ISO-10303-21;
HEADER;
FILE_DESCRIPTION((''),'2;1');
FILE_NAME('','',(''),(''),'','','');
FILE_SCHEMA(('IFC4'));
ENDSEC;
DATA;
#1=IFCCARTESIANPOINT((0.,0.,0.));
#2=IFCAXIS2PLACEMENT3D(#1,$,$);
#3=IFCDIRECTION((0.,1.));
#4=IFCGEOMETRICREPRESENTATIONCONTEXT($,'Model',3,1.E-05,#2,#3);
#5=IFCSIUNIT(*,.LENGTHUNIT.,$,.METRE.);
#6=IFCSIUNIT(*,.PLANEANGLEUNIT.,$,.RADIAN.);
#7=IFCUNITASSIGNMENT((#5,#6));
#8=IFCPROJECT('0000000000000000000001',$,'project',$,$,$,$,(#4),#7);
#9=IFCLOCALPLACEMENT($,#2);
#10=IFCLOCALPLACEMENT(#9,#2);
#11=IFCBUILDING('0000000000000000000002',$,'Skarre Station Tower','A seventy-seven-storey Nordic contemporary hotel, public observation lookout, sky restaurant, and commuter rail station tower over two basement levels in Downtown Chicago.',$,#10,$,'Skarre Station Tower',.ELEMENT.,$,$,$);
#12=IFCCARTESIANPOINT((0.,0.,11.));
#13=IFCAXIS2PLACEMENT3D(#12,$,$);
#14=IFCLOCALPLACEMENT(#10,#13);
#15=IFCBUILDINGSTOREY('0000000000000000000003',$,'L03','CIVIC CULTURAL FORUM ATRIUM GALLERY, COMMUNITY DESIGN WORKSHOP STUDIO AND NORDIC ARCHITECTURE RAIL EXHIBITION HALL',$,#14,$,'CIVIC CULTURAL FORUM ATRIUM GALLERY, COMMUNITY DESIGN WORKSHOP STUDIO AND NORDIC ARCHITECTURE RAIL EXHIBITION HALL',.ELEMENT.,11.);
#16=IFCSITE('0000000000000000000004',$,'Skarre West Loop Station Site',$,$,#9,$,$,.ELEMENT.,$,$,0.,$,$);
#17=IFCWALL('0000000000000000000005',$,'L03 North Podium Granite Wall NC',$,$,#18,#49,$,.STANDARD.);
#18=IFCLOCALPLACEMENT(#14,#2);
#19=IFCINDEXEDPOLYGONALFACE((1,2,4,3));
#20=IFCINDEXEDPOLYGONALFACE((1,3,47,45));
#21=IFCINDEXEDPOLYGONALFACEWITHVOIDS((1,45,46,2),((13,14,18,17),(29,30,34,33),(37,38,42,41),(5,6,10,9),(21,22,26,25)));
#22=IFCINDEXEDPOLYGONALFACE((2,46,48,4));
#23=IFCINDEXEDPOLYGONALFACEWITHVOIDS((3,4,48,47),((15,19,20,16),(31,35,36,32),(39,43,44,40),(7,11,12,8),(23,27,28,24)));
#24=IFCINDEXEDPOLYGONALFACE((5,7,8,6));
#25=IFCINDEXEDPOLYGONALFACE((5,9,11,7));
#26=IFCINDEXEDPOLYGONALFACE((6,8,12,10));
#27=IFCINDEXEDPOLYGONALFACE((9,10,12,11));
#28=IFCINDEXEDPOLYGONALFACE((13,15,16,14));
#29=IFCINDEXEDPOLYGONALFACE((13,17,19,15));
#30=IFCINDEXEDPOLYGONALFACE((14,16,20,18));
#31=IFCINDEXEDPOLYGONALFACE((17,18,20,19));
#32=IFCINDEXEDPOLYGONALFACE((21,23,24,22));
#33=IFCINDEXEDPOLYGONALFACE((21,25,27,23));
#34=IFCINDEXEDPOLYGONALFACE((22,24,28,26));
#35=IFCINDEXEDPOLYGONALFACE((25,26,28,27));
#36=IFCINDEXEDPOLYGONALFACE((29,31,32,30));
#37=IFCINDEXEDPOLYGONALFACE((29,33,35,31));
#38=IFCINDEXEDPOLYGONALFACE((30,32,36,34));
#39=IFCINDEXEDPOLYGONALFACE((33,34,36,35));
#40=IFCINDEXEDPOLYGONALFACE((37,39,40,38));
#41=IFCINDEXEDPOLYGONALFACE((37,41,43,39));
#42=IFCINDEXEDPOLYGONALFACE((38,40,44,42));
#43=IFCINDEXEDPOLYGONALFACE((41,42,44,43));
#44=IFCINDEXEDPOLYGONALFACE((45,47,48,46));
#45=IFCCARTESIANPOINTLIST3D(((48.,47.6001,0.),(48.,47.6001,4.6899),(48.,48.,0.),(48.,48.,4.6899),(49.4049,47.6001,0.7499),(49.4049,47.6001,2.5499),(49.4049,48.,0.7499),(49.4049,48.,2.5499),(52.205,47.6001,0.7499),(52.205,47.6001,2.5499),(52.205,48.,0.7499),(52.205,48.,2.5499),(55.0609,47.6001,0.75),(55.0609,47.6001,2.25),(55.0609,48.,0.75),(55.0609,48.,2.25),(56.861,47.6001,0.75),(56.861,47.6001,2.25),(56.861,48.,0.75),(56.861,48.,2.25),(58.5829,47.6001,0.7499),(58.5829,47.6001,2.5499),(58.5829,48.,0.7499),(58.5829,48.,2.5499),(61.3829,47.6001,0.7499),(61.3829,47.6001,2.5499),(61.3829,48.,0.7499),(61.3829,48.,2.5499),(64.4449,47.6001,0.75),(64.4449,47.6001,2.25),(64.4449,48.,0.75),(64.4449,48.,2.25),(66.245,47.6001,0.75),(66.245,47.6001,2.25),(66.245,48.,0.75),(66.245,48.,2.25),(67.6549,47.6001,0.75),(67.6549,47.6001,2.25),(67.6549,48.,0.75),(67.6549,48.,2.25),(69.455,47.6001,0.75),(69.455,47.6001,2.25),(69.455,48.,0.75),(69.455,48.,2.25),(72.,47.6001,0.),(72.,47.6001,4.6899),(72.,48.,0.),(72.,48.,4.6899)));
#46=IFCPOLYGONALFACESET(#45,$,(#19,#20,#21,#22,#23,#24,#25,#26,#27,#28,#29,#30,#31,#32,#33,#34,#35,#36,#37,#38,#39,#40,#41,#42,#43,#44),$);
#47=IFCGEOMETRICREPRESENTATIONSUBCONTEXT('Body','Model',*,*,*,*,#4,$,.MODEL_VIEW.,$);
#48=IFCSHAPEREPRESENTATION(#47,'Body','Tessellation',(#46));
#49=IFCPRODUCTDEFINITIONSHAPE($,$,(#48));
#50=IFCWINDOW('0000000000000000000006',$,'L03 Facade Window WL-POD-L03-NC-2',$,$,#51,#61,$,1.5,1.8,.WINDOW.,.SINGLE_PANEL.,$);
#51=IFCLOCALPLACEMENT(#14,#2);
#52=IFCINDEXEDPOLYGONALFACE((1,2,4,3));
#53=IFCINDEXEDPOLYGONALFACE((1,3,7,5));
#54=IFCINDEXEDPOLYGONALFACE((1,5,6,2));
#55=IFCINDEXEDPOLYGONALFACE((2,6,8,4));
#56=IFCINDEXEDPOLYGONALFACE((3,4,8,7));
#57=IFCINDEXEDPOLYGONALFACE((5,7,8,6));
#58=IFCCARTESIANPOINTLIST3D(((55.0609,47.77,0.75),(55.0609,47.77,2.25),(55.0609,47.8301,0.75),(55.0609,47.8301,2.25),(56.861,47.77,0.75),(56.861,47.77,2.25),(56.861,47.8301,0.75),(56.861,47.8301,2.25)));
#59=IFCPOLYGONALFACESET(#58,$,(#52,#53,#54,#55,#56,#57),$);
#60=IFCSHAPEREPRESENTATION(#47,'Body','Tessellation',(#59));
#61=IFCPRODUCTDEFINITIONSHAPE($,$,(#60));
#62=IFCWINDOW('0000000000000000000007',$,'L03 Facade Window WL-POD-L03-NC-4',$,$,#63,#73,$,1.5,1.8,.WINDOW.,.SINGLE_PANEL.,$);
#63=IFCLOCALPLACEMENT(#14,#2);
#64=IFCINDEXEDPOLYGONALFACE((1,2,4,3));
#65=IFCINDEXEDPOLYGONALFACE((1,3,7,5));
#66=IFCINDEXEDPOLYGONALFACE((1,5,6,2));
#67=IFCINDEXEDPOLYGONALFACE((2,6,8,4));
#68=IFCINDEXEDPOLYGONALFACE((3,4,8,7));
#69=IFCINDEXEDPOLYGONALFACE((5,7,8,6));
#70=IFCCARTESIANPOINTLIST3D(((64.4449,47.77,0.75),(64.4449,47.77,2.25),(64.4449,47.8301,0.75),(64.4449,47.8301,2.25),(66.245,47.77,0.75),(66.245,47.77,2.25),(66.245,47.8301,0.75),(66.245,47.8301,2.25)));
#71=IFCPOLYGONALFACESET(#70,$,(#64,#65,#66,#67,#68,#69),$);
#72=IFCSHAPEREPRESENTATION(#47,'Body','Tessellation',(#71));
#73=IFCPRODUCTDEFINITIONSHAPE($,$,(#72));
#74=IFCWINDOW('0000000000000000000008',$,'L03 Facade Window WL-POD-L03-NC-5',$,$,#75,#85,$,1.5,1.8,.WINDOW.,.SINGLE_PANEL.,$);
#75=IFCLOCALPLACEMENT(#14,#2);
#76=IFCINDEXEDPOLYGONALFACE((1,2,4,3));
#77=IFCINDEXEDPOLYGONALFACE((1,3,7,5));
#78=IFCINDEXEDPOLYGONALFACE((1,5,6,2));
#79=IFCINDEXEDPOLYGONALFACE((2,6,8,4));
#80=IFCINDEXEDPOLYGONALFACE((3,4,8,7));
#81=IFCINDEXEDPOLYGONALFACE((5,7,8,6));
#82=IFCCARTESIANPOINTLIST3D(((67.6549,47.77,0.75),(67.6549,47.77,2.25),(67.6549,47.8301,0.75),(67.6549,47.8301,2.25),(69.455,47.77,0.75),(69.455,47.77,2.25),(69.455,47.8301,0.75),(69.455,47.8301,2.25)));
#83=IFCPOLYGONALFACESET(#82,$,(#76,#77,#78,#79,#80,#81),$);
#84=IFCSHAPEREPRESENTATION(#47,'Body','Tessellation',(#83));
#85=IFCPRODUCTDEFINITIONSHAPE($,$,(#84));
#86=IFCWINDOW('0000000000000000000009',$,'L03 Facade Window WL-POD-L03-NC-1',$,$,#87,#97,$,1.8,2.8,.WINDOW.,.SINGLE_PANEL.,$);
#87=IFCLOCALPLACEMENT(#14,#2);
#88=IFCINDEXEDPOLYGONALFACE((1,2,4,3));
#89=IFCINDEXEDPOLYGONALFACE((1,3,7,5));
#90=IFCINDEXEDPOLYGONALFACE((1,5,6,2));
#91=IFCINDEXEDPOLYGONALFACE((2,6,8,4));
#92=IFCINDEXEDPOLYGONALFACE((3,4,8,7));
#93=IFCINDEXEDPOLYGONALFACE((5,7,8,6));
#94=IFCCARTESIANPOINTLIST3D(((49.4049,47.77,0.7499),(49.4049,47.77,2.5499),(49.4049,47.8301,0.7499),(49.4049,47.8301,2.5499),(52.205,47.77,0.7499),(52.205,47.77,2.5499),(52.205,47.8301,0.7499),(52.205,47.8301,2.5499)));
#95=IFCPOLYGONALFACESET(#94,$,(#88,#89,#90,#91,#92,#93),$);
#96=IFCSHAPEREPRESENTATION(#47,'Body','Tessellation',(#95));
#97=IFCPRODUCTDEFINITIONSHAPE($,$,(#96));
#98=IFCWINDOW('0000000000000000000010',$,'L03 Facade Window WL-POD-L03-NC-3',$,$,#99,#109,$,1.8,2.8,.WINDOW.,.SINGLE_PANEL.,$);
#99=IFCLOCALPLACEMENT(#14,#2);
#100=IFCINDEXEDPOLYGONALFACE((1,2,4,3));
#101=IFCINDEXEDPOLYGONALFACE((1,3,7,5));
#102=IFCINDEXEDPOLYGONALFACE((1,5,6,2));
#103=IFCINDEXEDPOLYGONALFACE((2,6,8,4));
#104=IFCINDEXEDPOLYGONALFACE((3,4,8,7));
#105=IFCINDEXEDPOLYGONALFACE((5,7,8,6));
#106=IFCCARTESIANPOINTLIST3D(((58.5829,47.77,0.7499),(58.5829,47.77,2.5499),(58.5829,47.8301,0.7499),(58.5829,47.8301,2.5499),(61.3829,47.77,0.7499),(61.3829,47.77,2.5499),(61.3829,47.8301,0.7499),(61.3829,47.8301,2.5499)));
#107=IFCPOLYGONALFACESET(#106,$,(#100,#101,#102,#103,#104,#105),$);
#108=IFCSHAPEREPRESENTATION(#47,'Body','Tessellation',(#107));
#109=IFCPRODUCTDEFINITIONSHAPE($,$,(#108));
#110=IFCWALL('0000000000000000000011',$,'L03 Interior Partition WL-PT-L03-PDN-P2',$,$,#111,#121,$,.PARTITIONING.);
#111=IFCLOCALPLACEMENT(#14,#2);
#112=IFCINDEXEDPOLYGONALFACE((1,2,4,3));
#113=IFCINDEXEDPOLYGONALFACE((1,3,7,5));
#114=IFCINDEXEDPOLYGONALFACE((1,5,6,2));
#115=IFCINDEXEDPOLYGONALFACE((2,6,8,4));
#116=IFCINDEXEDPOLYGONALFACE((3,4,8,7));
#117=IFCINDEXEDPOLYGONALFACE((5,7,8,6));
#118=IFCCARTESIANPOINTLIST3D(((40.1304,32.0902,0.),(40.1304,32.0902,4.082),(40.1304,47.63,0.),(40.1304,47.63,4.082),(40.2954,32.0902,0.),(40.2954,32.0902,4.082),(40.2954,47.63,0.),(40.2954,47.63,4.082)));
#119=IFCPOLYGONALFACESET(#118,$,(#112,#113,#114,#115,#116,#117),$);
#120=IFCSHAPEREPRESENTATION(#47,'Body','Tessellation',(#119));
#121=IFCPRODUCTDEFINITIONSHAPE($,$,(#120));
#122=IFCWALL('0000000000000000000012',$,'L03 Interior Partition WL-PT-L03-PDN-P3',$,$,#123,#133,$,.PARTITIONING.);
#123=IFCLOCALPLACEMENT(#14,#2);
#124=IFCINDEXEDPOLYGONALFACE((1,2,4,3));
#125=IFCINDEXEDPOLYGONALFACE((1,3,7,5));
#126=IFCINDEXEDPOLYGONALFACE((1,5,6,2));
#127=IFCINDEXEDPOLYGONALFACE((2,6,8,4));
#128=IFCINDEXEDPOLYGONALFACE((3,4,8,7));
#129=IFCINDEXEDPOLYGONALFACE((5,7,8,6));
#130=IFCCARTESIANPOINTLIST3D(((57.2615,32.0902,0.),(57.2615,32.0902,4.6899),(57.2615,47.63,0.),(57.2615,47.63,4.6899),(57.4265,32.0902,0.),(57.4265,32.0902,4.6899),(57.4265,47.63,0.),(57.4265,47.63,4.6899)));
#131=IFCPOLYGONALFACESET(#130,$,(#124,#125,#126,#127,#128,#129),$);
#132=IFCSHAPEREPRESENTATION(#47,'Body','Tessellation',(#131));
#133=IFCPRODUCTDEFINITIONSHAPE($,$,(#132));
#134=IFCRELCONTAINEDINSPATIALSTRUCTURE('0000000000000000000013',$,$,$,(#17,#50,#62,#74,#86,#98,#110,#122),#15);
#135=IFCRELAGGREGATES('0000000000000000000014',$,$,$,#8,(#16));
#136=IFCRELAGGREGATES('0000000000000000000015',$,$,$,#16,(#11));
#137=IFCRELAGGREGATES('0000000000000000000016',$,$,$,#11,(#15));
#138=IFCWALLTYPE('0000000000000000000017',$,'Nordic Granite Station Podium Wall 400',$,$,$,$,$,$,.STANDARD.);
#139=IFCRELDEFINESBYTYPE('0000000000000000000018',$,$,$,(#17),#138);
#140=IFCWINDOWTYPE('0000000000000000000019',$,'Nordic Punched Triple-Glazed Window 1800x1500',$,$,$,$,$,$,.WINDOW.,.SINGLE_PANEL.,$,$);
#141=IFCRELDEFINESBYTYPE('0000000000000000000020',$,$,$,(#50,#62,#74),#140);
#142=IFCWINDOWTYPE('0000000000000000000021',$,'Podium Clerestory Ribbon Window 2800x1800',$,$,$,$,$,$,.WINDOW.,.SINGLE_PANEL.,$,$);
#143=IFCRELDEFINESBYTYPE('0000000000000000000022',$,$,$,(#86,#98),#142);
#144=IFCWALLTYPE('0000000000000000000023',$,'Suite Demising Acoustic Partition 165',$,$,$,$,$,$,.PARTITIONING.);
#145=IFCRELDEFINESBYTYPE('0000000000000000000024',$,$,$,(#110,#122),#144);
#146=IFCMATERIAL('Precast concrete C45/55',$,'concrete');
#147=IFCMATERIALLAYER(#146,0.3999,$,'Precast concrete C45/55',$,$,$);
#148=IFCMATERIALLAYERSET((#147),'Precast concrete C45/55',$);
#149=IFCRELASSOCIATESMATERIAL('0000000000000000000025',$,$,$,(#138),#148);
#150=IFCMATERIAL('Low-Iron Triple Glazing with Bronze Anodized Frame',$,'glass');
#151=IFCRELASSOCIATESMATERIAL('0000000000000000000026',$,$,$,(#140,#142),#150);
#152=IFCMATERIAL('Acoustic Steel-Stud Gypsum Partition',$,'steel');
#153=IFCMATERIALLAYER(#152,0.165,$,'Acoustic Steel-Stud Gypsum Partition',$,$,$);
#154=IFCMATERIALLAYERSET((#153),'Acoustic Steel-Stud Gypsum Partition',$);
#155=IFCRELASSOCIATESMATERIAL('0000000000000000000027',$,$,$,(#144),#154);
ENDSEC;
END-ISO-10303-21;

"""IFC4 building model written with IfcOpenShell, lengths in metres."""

from ifc_helpers import new_model, si_unit, direction, frame, frame_2d, origin, place, context, subcontext, project, spatial, rectangle, extrude, material, layer, layer_set, type_object, element, fill, save


model = new_model("IFC4")

# Units and contexts
model_context = context("Model", 3, precision=1e-05, world=origin(), true_north=direction((0.0, 1.0)))
body_context = subcontext(model_context, "Body", "Model", "MODEL_VIEW")
ifc_project = project(units=[si_unit("LENGTHUNIT", "METRE"), si_unit("PLANEANGLEUNIT", "RADIAN")], contexts=[model_context])

# Site, building, storey
site_placement = place(None, origin())
site = spatial("IfcSite", under=ifc_project, at=site_placement, Name="Skarre West Loop Station Site", CompositionType="ELEMENT", RefElevation=0.0)
building_placement = place(site_placement, origin())
building = spatial("IfcBuilding", under=site, at=building_placement, Name="Skarre Station Tower", Description="A seventy-seven-storey Nordic contemporary hotel, public observation lookout, sky restaurant, and commuter rail station tower over two basement levels in Downtown Chicago.", LongName="Skarre Station Tower", CompositionType="ELEMENT")
storey_placement = place(building_placement, frame((0.0, 0.0, 11.0)))
storey = spatial("IfcBuildingStorey", under=building, at=storey_placement, Name="L03", Description="CIVIC CULTURAL FORUM ATRIUM GALLERY, COMMUNITY DESIGN WORKSHOP STUDIO AND NORDIC ARCHITECTURE RAIL EXHIBITION HALL", LongName="CIVIC CULTURAL FORUM ATRIUM GALLERY, COMMUNITY DESIGN WORKSHOP STUDIO AND NORDIC ARCHITECTURE RAIL EXHIBITION HALL", CompositionType="ELEMENT", Elevation=11.0)

# Shared definitions
ifc_material_1 = material(Name="Acoustic Steel-Stud Gypsum Partition", Category="steel")

# Wall, openings, windows
ifc_material_2 = material(Name="Precast concrete C45/55", Category="concrete")
ifc_layer_1 = layer(ifc_material_2, 0.3999, Name="Precast concrete C45/55")
ifc_layer_set_1 = layer_set([ifc_layer_1], Name="Precast concrete C45/55")
wall_type_1 = type_object("IfcWallType", Name="Nordic Granite Station Podium Wall 400", PredefinedType="STANDARD", material=ifc_layer_set_1)
wall_1_placement = place(storey_placement, frame((48.0, 47.8, 0.0), z_axis=(0.0, 0.0, 1.0), x_axis=(1.0, 0.0, 0.0)))
wall_1 = element("IfcWall", 1, at=wall_1_placement, inside=storey, type_object=wall_type_1, Name="L03 North Podium Granite Wall NC", PredefinedType="STANDARD", context=body_context, shape_type="SweptSolid", body=[
    extrude(rectangle(XDim=24.0, YDim=0.3999, at=frame_2d((12.0, 0.0))), origin(), (0.0, 0.0, 1.0), 4.6899),
])
opening_1_placement = place(wall_1_placement, frame((1.405, 0.0, 0.75)))
opening_1 = element("IfcOpeningElement", 2, at=opening_1_placement, cuts=wall_1, PredefinedType="OPENING", context=body_context, shape_type="SweptSolid", body=[
    extrude(rectangle(XDim=2.8, YDim=1.8, at=frame_2d((1.3999, 0.8999))), frame((0.0, 0.21, 0.0), z_axis=(0.0, -1.0, 0.0), x_axis=(1.0, 0.0, 0.0)), (0.0, 0.0, 1.0), 0.4199),
])
opening_2_placement = place(wall_1_placement, frame((7.061, 0.0, 0.75)))
opening_2 = element("IfcOpeningElement", 3, at=opening_2_placement, cuts=wall_1, PredefinedType="OPENING", context=body_context, shape_type="SweptSolid", body=[
    extrude(rectangle(XDim=1.8, YDim=1.5, at=frame_2d((0.8999, 0.75))), frame((0.0, 0.21, 0.0), z_axis=(0.0, -1.0, 0.0), x_axis=(1.0, 0.0, 0.0)), (0.0, 0.0, 1.0), 0.4199),
])
opening_3_placement = place(wall_1_placement, frame((10.583, 0.0, 0.75)))
opening_3 = element("IfcOpeningElement", 4, at=opening_3_placement, cuts=wall_1, PredefinedType="OPENING", context=body_context, shape_type="SweptSolid", body=[
    extrude(rectangle(XDim=2.8, YDim=1.8, at=frame_2d((1.3999, 0.8999))), frame((0.0, 0.21, 0.0), z_axis=(0.0, -1.0, 0.0), x_axis=(1.0, 0.0, 0.0)), (0.0, 0.0, 1.0), 0.4199),
])
opening_4_placement = place(wall_1_placement, frame((16.4451, 0.0, 0.75)))
opening_4 = element("IfcOpeningElement", 5, at=opening_4_placement, cuts=wall_1, PredefinedType="OPENING", context=body_context, shape_type="SweptSolid", body=[
    extrude(rectangle(XDim=1.8, YDim=1.5, at=frame_2d((0.8999, 0.75))), frame((0.0, 0.21, 0.0), z_axis=(0.0, -1.0, 0.0), x_axis=(1.0, 0.0, 0.0)), (0.0, 0.0, 1.0), 0.4199),
])
opening_5_placement = place(wall_1_placement, frame((19.655, 0.0, 0.75)))
opening_5 = element("IfcOpeningElement", 6, at=opening_5_placement, cuts=wall_1, PredefinedType="OPENING", context=body_context, shape_type="SweptSolid", body=[
    extrude(rectangle(XDim=1.8, YDim=1.5, at=frame_2d((0.8999, 0.75))), frame((0.0, 0.21, 0.0), z_axis=(0.0, -1.0, 0.0), x_axis=(1.0, 0.0, 0.0)), (0.0, 0.0, 1.0), 0.4199),
])
ifc_material_3 = material(Name="Low-Iron Triple Glazing with Bronze Anodized Frame", Category="glass")
window_type_1 = type_object("IfcWindowType", Name="Nordic Punched Triple-Glazed Window 1800x1500", PartitioningType="SINGLE_PANEL", PredefinedType="WINDOW", material=ifc_material_3)
window_1_placement = place(opening_2_placement, origin())
window_1 = element("IfcWindow", 7, at=window_1_placement, inside=storey, type_object=window_type_1, Name="L03 Facade Window WL-POD-L03-NC-2", OverallHeight=1.5, OverallWidth=1.8, PartitioningType="SINGLE_PANEL", PredefinedType="WINDOW", context=body_context, shape_type="SweptSolid", body=[
    extrude(rectangle(XDim=1.8, YDim=1.5, at=frame_2d((0.8999, 0.75))), frame((0.0, 0.03, 0.0), z_axis=(0.0, -1.0, 0.0), x_axis=(1.0, 0.0, 0.0)), (0.0, 0.0, 1.0), 0.0601),
])
fill(opening_2, window_1)
window_2_placement = place(opening_4_placement, origin())
window_2 = element("IfcWindow", 8, at=window_2_placement, inside=storey, type_object=window_type_1, Name="L03 Facade Window WL-POD-L03-NC-4", OverallHeight=1.5, OverallWidth=1.8, PartitioningType="SINGLE_PANEL", PredefinedType="WINDOW", context=body_context, shape_type="SweptSolid", body=[
    extrude(rectangle(XDim=1.8, YDim=1.5, at=frame_2d((0.8999, 0.75))), frame((0.0, 0.03, 0.0), z_axis=(0.0, -1.0, 0.0), x_axis=(1.0, 0.0, 0.0)), (0.0, 0.0, 1.0), 0.0601),
])
fill(opening_4, window_2)
window_3_placement = place(opening_5_placement, origin())
window_3 = element("IfcWindow", 9, at=window_3_placement, inside=storey, type_object=window_type_1, Name="L03 Facade Window WL-POD-L03-NC-5", OverallHeight=1.5, OverallWidth=1.8, PartitioningType="SINGLE_PANEL", PredefinedType="WINDOW", context=body_context, shape_type="SweptSolid", body=[
    extrude(rectangle(XDim=1.8, YDim=1.5, at=frame_2d((0.8999, 0.75))), frame((0.0, 0.03, 0.0), z_axis=(0.0, -1.0, 0.0), x_axis=(1.0, 0.0, 0.0)), (0.0, 0.0, 1.0), 0.0601),
])
fill(opening_5, window_3)
window_type_2 = type_object("IfcWindowType", Name="Podium Clerestory Ribbon Window 2800x1800", PartitioningType="SINGLE_PANEL", PredefinedType="WINDOW", material=ifc_material_3)
window_4_placement = place(opening_1_placement, origin())
window_4 = element("IfcWindow", 10, at=window_4_placement, inside=storey, type_object=window_type_2, Name="L03 Facade Window WL-POD-L03-NC-1", OverallHeight=1.8, OverallWidth=2.8, PartitioningType="SINGLE_PANEL", PredefinedType="WINDOW", context=body_context, shape_type="SweptSolid", body=[
    extrude(rectangle(XDim=2.8, YDim=1.8, at=frame_2d((1.3999, 0.8999))), frame((0.0, 0.03, 0.0), z_axis=(0.0, -1.0, 0.0), x_axis=(1.0, 0.0, 0.0)), (0.0, 0.0, 1.0), 0.0601),
])
fill(opening_1, window_4)
window_5_placement = place(opening_3_placement, origin())
window_5 = element("IfcWindow", 11, at=window_5_placement, inside=storey, type_object=window_type_2, Name="L03 Facade Window WL-POD-L03-NC-3", OverallHeight=1.8, OverallWidth=2.8, PartitioningType="SINGLE_PANEL", PredefinedType="WINDOW", context=body_context, shape_type="SweptSolid", body=[
    extrude(rectangle(XDim=2.8, YDim=1.8, at=frame_2d((1.3999, 0.8999))), frame((0.0, 0.03, 0.0), z_axis=(0.0, -1.0, 0.0), x_axis=(1.0, 0.0, 0.0)), (0.0, 0.0, 1.0), 0.0601),
])
fill(opening_3, window_5)

# Walls
ifc_layer_2 = layer(ifc_material_1, 0.165, Name="Acoustic Steel-Stud Gypsum Partition")
ifc_layer_set_2 = layer_set([ifc_layer_2], Name="Acoustic Steel-Stud Gypsum Partition")
wall_type_2 = type_object("IfcWallType", Name="Suite Demising Acoustic Partition 165", PredefinedType="PARTITIONING", material=ifc_layer_set_2)
wall_2_placement = place(storey_placement, frame((40.2129, 32.0901, 0.0), z_axis=(0.0, 0.0, 1.0), x_axis=(0.0, 1.0, 0.0)))
element("IfcWall", 12, at=wall_2_placement, inside=storey, type_object=wall_type_2, Name="L03 Interior Partition WL-PT-L03-PDN-P2", PredefinedType="PARTITIONING", context=body_context, shape_type="SweptSolid", body=[
    extrude(rectangle(XDim=15.5398, YDim=0.165, at=frame_2d((7.77, 0.0))), origin(), (0.0, 0.0, 1.0), 4.082),
])
wall_3_placement = place(storey_placement, frame((57.344, 32.0901, 0.0), z_axis=(0.0, 0.0, 1.0), x_axis=(0.0, 1.0, 0.0)))
element("IfcWall", 13, at=wall_3_placement, inside=storey, type_object=wall_type_2, Name="L03 Interior Partition WL-PT-L03-PDN-P3", PredefinedType="PARTITIONING", context=body_context, shape_type="SweptSolid", body=[
    extrude(rectangle(XDim=15.5398, YDim=0.165, at=frame_2d((7.77, 0.0))), origin(), (0.0, 0.0, 1.0), 4.6899),
])

save(model, "model.ifc")
